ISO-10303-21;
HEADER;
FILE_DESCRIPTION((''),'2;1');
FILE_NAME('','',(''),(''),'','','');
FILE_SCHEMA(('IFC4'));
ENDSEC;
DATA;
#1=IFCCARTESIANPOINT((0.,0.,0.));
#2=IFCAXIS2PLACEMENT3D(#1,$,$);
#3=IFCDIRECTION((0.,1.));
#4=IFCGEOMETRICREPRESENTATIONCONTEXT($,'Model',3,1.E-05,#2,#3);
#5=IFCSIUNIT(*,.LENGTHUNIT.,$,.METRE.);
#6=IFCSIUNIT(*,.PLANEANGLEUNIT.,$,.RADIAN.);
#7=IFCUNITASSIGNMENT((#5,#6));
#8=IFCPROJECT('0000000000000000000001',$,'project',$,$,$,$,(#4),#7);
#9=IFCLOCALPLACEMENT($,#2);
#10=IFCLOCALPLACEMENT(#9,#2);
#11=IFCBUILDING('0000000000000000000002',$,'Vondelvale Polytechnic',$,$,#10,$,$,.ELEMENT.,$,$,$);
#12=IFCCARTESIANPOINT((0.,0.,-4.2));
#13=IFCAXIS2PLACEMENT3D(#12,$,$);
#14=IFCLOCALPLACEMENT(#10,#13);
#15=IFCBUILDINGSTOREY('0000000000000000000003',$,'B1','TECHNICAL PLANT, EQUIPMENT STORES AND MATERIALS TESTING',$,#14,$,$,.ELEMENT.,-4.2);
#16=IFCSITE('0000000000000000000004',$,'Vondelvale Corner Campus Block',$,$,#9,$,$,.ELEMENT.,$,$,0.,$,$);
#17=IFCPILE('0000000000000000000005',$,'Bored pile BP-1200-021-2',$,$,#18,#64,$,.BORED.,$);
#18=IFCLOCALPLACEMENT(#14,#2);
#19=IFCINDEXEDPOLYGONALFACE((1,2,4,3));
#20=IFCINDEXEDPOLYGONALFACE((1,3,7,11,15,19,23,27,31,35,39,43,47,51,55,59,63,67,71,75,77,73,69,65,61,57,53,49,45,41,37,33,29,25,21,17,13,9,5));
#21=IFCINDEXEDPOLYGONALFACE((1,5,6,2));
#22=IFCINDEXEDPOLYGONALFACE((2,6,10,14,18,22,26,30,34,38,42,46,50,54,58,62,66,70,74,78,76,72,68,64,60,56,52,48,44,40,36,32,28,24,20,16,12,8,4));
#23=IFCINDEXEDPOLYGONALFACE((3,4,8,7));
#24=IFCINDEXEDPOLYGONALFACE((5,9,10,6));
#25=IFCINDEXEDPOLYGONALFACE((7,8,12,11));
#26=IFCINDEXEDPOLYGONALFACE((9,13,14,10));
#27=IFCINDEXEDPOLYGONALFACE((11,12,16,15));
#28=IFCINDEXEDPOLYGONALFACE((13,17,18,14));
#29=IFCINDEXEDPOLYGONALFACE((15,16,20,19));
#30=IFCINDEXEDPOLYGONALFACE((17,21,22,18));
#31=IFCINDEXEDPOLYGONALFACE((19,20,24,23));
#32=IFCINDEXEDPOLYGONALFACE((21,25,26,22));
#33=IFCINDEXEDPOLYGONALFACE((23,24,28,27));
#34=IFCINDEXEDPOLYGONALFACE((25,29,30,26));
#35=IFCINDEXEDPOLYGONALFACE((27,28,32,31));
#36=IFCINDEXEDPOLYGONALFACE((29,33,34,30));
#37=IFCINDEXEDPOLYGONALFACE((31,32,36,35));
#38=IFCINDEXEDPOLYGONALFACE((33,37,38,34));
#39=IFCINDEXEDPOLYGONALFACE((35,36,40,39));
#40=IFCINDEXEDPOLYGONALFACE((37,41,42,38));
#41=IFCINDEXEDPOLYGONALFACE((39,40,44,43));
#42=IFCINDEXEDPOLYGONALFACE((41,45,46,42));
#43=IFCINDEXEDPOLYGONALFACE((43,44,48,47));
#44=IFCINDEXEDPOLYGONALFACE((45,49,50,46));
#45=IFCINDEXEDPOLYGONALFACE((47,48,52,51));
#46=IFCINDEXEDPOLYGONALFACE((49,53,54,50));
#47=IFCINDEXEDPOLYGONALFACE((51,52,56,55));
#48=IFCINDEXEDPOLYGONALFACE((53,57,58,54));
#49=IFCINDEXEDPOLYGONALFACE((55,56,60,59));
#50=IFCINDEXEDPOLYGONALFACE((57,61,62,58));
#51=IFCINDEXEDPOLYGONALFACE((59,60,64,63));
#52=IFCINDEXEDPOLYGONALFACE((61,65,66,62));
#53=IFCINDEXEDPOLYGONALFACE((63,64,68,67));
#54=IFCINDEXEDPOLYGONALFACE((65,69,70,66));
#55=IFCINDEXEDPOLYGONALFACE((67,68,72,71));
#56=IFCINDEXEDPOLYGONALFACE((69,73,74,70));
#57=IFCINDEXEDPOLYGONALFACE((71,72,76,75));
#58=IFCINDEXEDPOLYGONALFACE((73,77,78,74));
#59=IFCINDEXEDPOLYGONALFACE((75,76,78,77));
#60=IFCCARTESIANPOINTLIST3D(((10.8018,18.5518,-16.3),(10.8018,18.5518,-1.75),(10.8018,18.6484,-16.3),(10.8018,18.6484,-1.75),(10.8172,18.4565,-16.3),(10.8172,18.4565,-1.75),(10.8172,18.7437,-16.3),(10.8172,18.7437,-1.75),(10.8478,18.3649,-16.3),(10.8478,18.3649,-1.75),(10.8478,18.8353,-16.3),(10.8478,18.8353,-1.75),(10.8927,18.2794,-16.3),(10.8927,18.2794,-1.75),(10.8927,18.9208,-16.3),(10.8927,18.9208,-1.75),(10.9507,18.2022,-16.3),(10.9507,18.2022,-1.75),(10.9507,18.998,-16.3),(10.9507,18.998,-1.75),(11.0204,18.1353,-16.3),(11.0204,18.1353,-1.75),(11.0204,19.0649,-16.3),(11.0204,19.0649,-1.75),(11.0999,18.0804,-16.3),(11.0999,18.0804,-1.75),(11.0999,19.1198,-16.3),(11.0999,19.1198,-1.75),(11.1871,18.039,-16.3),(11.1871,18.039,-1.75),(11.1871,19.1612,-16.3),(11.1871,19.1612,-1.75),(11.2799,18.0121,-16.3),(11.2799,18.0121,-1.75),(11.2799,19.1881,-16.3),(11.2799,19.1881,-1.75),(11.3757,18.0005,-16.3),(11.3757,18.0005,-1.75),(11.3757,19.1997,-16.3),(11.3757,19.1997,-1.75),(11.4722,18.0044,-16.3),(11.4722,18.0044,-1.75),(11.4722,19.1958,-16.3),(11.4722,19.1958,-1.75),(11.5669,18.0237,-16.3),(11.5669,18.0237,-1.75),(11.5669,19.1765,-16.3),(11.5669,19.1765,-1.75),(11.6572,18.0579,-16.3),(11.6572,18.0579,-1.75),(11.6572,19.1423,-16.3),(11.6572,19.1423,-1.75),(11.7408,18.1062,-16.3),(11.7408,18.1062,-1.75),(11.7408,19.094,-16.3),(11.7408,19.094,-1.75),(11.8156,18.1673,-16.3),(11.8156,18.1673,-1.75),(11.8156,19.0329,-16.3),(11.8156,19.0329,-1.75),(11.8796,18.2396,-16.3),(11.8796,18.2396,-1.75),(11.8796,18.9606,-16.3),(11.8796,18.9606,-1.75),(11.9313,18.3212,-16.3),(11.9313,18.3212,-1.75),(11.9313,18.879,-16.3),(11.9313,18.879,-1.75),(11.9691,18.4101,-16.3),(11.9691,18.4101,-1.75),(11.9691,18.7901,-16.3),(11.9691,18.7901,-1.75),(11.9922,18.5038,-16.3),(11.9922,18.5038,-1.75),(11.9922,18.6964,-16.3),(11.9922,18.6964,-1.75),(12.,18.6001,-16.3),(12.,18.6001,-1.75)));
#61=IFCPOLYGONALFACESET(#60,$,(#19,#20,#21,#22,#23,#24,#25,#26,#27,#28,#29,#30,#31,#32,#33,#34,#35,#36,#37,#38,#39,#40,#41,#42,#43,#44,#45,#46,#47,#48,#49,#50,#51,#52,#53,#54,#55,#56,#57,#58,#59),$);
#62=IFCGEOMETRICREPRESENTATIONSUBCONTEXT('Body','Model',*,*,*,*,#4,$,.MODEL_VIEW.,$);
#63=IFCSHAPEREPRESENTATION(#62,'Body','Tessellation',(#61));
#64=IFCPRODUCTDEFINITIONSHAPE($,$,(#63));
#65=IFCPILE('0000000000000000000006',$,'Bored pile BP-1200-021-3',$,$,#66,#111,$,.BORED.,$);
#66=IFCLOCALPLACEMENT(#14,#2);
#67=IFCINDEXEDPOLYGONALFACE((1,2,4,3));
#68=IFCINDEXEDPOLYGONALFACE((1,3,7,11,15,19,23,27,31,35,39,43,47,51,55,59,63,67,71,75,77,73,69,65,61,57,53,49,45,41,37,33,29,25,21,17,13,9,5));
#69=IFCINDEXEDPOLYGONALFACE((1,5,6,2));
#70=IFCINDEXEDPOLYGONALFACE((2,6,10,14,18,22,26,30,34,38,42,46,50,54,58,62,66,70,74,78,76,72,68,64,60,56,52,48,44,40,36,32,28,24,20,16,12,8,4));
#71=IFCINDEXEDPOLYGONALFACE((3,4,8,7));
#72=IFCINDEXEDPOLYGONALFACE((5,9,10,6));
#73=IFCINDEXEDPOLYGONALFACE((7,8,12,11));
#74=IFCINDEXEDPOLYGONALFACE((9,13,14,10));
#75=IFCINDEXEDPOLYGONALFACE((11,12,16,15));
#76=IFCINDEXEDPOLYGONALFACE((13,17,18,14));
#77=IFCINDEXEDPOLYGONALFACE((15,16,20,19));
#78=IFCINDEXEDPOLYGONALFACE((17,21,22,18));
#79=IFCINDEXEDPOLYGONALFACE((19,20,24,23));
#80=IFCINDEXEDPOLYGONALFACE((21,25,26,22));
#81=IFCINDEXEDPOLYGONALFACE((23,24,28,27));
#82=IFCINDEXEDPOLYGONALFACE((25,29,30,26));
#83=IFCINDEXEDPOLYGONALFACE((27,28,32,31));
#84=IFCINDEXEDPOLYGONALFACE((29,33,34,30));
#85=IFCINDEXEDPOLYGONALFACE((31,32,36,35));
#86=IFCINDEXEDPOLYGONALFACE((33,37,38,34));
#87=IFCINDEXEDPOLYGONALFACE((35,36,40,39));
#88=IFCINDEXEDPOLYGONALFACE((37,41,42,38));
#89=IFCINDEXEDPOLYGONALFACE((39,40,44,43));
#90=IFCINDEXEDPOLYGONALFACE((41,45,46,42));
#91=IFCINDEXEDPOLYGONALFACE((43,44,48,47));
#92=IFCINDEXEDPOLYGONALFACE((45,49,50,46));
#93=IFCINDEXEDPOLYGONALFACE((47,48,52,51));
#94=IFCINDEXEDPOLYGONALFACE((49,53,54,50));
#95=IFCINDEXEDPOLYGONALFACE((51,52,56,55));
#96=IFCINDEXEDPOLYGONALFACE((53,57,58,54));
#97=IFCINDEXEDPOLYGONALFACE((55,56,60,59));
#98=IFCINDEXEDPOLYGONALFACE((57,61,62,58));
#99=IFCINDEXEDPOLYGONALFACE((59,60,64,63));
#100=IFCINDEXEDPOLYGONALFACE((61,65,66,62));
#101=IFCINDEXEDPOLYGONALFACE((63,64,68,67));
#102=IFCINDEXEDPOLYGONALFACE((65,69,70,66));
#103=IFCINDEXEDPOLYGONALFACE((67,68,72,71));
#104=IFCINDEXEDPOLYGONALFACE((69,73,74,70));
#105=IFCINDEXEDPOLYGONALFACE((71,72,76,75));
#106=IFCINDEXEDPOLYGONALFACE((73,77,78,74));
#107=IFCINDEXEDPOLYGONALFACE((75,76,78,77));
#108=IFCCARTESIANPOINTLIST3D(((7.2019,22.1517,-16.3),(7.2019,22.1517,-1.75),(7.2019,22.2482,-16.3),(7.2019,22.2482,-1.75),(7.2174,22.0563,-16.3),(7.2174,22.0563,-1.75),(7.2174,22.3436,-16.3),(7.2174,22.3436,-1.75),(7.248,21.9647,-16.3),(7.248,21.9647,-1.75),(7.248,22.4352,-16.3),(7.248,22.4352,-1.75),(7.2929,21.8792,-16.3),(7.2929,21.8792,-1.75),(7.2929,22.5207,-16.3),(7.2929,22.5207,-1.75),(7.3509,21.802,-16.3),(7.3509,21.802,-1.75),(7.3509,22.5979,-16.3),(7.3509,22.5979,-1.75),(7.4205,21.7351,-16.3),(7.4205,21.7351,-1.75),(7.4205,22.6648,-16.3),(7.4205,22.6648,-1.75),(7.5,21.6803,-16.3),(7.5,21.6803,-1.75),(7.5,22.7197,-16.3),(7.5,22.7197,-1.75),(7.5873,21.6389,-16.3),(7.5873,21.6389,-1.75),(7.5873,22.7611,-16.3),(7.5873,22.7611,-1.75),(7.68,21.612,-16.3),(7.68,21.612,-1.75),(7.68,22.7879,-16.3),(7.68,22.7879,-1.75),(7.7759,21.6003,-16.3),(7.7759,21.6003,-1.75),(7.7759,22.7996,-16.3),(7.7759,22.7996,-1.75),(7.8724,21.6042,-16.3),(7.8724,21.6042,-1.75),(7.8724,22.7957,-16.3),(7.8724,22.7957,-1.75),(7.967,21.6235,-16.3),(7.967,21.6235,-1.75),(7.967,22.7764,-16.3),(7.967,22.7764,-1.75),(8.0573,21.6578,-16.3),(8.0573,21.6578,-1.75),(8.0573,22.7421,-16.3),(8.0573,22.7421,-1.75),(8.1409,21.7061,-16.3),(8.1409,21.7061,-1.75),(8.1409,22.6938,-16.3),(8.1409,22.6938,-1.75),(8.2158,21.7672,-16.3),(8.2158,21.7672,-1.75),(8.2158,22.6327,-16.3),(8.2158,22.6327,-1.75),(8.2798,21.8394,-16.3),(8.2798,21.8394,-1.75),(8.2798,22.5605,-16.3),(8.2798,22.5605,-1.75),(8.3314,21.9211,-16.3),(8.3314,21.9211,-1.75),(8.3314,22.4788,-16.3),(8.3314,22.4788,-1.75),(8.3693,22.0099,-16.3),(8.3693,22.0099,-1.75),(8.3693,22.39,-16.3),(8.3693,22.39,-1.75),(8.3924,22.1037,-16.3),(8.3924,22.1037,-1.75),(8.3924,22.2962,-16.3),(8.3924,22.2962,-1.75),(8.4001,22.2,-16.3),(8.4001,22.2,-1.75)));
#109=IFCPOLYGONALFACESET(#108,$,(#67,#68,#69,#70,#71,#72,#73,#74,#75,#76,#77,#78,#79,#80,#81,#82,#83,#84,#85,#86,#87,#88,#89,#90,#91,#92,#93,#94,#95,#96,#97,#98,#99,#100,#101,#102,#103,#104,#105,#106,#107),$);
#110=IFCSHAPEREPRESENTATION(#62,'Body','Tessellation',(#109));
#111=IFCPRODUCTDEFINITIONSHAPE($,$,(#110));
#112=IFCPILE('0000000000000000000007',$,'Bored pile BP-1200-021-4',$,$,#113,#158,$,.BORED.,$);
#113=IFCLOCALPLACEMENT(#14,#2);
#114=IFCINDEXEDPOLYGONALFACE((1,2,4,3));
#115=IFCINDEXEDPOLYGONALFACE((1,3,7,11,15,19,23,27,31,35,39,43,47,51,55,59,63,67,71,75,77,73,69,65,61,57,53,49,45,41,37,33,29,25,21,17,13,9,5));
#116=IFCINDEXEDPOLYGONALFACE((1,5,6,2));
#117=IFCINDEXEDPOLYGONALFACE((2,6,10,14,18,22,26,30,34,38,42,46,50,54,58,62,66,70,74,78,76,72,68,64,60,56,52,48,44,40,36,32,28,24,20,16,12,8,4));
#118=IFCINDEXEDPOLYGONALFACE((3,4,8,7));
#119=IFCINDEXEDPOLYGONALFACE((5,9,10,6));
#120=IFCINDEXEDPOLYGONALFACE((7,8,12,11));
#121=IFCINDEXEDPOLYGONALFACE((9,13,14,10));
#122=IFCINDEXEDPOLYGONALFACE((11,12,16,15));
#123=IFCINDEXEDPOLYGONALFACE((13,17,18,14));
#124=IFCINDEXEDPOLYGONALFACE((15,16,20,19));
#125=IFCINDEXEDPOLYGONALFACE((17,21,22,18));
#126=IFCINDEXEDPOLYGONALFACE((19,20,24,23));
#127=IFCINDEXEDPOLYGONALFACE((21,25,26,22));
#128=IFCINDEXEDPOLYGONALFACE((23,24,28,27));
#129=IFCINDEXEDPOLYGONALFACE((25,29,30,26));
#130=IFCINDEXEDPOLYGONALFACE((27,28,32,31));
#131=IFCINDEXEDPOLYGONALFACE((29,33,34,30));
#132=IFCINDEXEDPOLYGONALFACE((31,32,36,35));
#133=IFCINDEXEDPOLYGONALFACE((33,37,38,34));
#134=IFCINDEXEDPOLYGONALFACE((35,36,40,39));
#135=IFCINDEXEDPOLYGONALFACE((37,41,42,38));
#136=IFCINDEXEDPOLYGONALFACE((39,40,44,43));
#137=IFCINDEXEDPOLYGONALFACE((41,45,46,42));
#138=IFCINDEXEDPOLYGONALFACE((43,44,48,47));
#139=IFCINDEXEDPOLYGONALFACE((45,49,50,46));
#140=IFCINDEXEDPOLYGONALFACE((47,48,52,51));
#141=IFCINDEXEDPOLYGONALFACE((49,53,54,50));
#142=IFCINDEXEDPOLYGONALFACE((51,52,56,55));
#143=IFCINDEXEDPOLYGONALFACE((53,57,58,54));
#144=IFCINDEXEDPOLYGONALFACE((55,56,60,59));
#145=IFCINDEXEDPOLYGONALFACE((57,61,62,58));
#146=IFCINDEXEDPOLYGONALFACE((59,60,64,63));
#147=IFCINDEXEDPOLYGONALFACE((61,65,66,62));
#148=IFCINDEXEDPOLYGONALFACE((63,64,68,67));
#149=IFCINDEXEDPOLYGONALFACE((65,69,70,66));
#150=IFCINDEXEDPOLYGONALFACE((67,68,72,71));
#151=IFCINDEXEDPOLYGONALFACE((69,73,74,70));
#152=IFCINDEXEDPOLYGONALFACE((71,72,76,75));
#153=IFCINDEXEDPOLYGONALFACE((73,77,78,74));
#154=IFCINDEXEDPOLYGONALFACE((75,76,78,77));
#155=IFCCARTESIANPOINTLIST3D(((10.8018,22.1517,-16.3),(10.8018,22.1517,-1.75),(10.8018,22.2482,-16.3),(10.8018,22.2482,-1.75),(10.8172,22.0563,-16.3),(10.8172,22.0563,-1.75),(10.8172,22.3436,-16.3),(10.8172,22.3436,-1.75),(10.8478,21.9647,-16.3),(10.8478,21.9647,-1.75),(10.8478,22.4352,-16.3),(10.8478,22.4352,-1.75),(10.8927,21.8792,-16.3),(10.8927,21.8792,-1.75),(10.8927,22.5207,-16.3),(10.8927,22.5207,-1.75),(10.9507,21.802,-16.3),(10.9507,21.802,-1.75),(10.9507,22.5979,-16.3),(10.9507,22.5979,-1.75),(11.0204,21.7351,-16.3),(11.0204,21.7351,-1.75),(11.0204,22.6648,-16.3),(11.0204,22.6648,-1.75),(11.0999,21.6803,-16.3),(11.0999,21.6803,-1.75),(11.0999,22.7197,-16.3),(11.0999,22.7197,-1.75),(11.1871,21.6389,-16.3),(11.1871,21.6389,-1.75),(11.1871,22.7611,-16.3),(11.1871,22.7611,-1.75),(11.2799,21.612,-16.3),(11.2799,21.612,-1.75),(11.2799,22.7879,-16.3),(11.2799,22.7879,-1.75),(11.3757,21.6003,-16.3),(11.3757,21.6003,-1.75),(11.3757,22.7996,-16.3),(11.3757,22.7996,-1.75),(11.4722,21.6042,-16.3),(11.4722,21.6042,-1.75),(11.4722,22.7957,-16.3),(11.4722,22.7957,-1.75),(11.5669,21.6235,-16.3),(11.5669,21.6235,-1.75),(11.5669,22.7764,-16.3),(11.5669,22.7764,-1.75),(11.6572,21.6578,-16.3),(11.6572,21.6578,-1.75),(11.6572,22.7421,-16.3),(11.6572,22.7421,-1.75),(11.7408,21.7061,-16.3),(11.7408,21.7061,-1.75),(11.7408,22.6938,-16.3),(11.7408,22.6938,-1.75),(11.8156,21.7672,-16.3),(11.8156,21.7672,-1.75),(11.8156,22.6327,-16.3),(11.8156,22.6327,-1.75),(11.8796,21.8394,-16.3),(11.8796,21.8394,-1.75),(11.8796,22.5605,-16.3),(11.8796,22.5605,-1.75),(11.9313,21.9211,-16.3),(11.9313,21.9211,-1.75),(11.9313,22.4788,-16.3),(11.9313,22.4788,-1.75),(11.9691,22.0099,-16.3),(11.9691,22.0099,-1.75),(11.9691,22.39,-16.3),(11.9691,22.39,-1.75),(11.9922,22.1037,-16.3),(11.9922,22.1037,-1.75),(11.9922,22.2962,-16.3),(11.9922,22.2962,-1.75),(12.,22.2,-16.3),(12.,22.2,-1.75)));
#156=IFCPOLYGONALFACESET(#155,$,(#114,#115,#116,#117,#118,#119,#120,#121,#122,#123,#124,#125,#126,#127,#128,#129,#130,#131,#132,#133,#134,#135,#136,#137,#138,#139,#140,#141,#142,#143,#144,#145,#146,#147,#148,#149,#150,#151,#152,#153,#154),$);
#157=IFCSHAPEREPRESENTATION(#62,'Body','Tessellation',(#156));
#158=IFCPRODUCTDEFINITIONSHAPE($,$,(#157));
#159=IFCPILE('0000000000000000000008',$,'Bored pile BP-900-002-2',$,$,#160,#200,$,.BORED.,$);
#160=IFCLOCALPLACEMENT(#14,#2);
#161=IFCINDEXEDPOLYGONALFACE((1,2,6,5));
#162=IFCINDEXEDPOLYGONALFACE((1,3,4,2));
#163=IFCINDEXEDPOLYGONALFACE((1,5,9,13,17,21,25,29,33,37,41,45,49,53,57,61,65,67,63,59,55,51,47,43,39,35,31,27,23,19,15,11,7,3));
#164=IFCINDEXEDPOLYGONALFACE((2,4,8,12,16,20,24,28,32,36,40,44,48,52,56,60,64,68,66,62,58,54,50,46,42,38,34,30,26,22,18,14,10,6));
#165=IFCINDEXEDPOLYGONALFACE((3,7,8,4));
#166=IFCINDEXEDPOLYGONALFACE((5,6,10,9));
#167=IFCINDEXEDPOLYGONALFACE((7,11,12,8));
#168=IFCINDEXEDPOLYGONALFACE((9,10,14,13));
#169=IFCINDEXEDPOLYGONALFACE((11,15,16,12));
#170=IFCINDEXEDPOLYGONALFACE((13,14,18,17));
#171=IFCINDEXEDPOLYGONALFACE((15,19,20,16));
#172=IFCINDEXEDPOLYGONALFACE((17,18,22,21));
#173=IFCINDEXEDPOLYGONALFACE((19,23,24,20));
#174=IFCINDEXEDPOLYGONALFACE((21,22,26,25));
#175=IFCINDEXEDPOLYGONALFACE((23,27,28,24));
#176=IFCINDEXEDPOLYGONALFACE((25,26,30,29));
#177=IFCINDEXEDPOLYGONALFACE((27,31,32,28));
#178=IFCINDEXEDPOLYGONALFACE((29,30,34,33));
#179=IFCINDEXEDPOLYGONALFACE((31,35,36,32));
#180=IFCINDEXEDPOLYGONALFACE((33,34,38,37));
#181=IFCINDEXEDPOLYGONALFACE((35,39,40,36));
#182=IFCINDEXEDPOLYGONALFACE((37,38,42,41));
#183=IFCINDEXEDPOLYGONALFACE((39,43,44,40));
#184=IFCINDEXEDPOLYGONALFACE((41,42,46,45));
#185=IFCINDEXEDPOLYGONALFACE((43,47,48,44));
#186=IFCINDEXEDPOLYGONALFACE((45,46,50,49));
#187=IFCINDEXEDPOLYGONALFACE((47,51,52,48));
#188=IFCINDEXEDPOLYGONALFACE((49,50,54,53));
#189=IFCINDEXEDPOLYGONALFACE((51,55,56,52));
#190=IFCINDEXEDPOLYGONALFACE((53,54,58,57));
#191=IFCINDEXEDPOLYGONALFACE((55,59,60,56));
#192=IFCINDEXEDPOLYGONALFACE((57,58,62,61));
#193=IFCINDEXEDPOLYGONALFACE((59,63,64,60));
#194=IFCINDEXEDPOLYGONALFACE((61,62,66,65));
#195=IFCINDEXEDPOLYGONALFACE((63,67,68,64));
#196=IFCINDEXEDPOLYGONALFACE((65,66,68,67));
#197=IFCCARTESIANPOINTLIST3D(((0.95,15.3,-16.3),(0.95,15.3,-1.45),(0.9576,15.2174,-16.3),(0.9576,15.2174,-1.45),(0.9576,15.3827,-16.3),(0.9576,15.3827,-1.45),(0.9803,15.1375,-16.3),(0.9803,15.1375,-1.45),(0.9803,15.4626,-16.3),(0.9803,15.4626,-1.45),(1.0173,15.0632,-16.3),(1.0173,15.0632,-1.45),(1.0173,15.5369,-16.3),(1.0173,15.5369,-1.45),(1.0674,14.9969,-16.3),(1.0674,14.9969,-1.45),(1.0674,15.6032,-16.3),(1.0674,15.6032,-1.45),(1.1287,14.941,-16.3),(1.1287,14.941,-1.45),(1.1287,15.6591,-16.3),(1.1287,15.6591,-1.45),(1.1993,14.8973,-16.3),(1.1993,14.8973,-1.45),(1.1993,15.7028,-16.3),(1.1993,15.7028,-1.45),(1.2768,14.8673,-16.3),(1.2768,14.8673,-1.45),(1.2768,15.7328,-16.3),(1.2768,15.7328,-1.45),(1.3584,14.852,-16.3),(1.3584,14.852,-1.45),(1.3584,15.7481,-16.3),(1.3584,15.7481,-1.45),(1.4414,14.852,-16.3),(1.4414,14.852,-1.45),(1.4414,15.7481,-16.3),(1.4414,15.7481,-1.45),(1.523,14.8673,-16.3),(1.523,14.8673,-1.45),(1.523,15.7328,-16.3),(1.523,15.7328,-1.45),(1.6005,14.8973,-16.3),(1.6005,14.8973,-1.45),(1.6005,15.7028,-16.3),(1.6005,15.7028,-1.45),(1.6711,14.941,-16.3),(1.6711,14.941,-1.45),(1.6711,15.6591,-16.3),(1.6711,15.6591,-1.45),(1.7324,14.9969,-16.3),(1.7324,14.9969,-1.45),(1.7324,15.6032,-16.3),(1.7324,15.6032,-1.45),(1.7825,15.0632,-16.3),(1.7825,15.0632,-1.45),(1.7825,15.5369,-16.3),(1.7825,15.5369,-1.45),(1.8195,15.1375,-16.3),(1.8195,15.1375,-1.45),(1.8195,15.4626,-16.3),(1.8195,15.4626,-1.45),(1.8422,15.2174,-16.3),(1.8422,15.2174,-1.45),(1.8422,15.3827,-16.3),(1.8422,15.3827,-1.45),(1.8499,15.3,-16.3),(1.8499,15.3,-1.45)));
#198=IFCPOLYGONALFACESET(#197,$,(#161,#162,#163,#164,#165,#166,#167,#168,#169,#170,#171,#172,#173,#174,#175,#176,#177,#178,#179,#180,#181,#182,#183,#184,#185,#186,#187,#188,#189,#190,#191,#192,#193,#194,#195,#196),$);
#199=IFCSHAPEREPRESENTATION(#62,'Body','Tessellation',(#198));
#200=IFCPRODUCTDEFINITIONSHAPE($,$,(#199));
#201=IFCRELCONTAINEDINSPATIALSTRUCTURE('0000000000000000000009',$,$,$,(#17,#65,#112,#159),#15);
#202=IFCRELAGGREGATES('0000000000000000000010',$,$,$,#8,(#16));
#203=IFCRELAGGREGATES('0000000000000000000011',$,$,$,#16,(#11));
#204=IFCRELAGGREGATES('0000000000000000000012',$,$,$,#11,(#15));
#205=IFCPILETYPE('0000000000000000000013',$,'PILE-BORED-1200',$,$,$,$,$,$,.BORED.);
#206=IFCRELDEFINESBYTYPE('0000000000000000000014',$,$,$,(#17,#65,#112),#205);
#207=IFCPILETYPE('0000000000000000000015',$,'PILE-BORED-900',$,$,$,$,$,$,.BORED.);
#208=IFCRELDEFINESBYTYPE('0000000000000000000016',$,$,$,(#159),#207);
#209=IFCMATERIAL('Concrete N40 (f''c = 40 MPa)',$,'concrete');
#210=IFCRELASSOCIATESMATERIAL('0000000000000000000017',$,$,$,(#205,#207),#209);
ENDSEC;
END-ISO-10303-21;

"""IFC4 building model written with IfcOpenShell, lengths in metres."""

from ifc_helpers import new_model, si_unit, direction, frame, origin, origin_2d, place, context, subcontext, project, spatial, circle, extrude, material, material_profile, profile_set, type_object, element, save


model = new_model("IFC4")

# Units and contexts
model_context = context("Model", 3, precision=1e-05, world=origin(), true_north=direction((0.0, 1.0)))
body_context = subcontext(model_context, "Body", "Model", "MODEL_VIEW")
ifc_project = project(units=[si_unit("LENGTHUNIT", "METRE"), si_unit("PLANEANGLEUNIT", "RADIAN")], contexts=[model_context])

# Site, building, storey
site_placement = place(None, origin())
site = spatial("IfcSite", under=ifc_project, at=site_placement, Name="Vondelvale Corner Campus Block", CompositionType="ELEMENT", RefElevation=0.0)
building_placement = place(site_placement, origin())
building = spatial("IfcBuilding", under=site, at=building_placement, Name="Vondelvale Polytechnic", CompositionType="ELEMENT")
storey_placement = place(building_placement, frame((0.0, 0.0, -4.2)))
storey = spatial("IfcBuildingStorey", under=building, at=storey_placement, Name="B1", Description="TECHNICAL PLANT, EQUIPMENT STORES AND MATERIALS TESTING", CompositionType="ELEMENT", Elevation=-4.2)

# Shared definitions
ifc_material_1 = material(Name="Concrete N40 (f'c = 40 MPa)", Category="concrete")

# Piles
ifc_material_profile_1 = material_profile(ifc_material_1, circle(Radius=0.6001, at=origin_2d()), Name="PILE-D1200")
ifc_profile_set_1 = profile_set([ifc_material_profile_1], Name="Concrete N40 (f'c = 40 MPa)")
pile_type_1 = type_object("IfcPileType", Name="PILE-BORED-1200", PredefinedType="BORED", material=ifc_profile_set_1)
for number, where, z_axis, x_axis, name in (
    (1, (11.3999, 18.6001, -1.75), (0.0, 0.0, -1.0), (1.0, 0.0, 0.0), "Bored pile BP-1200-021-2"),
    (2, (7.8, 22.2, -1.75), (0.0, 0.0, -1.0), (1.0, 0.0, 0.0), "Bored pile BP-1200-021-3"),
    (3, (11.3999, 22.2, -1.75), (0.0, 0.0, -1.0), (1.0, 0.0, 0.0), "Bored pile BP-1200-021-4"),
):
    element("IfcPile", number, at=place(storey_placement, frame(where, z_axis=z_axis, x_axis=x_axis)), inside=storey, type_object=pile_type_1, Name=name, PredefinedType="BORED", context=body_context, shape_type="SweptSolid", body=[
        extrude(circle(Radius=0.6001, at=origin_2d()), origin(), (0.0, 0.0, 1.0), 14.55),
    ])
ifc_material_profile_2 = material_profile(ifc_material_1, circle(Radius=0.45, at=origin_2d()), Name="PILE-D900")
ifc_profile_set_2 = profile_set([ifc_material_profile_2], Name="Concrete N40 (f'c = 40 MPa)")
pile_type_2 = type_object("IfcPileType", Name="PILE-BORED-900", PredefinedType="BORED", material=ifc_profile_set_2)
pile_placement = place(storey_placement, frame((1.3999, 15.3, -1.45), z_axis=(0.0, 0.0, -1.0), x_axis=(1.0, 0.0, 0.0)))
element("IfcPile", 4, at=pile_placement, inside=storey, type_object=pile_type_2, Name="Bored pile BP-900-002-2", PredefinedType="BORED", context=body_context, shape_type="SweptSolid", body=[
    extrude(circle(Radius=0.45, at=origin_2d()), origin(), (0.0, 0.0, 1.0), 14.8501),
])

save(model, "model.ifc")
